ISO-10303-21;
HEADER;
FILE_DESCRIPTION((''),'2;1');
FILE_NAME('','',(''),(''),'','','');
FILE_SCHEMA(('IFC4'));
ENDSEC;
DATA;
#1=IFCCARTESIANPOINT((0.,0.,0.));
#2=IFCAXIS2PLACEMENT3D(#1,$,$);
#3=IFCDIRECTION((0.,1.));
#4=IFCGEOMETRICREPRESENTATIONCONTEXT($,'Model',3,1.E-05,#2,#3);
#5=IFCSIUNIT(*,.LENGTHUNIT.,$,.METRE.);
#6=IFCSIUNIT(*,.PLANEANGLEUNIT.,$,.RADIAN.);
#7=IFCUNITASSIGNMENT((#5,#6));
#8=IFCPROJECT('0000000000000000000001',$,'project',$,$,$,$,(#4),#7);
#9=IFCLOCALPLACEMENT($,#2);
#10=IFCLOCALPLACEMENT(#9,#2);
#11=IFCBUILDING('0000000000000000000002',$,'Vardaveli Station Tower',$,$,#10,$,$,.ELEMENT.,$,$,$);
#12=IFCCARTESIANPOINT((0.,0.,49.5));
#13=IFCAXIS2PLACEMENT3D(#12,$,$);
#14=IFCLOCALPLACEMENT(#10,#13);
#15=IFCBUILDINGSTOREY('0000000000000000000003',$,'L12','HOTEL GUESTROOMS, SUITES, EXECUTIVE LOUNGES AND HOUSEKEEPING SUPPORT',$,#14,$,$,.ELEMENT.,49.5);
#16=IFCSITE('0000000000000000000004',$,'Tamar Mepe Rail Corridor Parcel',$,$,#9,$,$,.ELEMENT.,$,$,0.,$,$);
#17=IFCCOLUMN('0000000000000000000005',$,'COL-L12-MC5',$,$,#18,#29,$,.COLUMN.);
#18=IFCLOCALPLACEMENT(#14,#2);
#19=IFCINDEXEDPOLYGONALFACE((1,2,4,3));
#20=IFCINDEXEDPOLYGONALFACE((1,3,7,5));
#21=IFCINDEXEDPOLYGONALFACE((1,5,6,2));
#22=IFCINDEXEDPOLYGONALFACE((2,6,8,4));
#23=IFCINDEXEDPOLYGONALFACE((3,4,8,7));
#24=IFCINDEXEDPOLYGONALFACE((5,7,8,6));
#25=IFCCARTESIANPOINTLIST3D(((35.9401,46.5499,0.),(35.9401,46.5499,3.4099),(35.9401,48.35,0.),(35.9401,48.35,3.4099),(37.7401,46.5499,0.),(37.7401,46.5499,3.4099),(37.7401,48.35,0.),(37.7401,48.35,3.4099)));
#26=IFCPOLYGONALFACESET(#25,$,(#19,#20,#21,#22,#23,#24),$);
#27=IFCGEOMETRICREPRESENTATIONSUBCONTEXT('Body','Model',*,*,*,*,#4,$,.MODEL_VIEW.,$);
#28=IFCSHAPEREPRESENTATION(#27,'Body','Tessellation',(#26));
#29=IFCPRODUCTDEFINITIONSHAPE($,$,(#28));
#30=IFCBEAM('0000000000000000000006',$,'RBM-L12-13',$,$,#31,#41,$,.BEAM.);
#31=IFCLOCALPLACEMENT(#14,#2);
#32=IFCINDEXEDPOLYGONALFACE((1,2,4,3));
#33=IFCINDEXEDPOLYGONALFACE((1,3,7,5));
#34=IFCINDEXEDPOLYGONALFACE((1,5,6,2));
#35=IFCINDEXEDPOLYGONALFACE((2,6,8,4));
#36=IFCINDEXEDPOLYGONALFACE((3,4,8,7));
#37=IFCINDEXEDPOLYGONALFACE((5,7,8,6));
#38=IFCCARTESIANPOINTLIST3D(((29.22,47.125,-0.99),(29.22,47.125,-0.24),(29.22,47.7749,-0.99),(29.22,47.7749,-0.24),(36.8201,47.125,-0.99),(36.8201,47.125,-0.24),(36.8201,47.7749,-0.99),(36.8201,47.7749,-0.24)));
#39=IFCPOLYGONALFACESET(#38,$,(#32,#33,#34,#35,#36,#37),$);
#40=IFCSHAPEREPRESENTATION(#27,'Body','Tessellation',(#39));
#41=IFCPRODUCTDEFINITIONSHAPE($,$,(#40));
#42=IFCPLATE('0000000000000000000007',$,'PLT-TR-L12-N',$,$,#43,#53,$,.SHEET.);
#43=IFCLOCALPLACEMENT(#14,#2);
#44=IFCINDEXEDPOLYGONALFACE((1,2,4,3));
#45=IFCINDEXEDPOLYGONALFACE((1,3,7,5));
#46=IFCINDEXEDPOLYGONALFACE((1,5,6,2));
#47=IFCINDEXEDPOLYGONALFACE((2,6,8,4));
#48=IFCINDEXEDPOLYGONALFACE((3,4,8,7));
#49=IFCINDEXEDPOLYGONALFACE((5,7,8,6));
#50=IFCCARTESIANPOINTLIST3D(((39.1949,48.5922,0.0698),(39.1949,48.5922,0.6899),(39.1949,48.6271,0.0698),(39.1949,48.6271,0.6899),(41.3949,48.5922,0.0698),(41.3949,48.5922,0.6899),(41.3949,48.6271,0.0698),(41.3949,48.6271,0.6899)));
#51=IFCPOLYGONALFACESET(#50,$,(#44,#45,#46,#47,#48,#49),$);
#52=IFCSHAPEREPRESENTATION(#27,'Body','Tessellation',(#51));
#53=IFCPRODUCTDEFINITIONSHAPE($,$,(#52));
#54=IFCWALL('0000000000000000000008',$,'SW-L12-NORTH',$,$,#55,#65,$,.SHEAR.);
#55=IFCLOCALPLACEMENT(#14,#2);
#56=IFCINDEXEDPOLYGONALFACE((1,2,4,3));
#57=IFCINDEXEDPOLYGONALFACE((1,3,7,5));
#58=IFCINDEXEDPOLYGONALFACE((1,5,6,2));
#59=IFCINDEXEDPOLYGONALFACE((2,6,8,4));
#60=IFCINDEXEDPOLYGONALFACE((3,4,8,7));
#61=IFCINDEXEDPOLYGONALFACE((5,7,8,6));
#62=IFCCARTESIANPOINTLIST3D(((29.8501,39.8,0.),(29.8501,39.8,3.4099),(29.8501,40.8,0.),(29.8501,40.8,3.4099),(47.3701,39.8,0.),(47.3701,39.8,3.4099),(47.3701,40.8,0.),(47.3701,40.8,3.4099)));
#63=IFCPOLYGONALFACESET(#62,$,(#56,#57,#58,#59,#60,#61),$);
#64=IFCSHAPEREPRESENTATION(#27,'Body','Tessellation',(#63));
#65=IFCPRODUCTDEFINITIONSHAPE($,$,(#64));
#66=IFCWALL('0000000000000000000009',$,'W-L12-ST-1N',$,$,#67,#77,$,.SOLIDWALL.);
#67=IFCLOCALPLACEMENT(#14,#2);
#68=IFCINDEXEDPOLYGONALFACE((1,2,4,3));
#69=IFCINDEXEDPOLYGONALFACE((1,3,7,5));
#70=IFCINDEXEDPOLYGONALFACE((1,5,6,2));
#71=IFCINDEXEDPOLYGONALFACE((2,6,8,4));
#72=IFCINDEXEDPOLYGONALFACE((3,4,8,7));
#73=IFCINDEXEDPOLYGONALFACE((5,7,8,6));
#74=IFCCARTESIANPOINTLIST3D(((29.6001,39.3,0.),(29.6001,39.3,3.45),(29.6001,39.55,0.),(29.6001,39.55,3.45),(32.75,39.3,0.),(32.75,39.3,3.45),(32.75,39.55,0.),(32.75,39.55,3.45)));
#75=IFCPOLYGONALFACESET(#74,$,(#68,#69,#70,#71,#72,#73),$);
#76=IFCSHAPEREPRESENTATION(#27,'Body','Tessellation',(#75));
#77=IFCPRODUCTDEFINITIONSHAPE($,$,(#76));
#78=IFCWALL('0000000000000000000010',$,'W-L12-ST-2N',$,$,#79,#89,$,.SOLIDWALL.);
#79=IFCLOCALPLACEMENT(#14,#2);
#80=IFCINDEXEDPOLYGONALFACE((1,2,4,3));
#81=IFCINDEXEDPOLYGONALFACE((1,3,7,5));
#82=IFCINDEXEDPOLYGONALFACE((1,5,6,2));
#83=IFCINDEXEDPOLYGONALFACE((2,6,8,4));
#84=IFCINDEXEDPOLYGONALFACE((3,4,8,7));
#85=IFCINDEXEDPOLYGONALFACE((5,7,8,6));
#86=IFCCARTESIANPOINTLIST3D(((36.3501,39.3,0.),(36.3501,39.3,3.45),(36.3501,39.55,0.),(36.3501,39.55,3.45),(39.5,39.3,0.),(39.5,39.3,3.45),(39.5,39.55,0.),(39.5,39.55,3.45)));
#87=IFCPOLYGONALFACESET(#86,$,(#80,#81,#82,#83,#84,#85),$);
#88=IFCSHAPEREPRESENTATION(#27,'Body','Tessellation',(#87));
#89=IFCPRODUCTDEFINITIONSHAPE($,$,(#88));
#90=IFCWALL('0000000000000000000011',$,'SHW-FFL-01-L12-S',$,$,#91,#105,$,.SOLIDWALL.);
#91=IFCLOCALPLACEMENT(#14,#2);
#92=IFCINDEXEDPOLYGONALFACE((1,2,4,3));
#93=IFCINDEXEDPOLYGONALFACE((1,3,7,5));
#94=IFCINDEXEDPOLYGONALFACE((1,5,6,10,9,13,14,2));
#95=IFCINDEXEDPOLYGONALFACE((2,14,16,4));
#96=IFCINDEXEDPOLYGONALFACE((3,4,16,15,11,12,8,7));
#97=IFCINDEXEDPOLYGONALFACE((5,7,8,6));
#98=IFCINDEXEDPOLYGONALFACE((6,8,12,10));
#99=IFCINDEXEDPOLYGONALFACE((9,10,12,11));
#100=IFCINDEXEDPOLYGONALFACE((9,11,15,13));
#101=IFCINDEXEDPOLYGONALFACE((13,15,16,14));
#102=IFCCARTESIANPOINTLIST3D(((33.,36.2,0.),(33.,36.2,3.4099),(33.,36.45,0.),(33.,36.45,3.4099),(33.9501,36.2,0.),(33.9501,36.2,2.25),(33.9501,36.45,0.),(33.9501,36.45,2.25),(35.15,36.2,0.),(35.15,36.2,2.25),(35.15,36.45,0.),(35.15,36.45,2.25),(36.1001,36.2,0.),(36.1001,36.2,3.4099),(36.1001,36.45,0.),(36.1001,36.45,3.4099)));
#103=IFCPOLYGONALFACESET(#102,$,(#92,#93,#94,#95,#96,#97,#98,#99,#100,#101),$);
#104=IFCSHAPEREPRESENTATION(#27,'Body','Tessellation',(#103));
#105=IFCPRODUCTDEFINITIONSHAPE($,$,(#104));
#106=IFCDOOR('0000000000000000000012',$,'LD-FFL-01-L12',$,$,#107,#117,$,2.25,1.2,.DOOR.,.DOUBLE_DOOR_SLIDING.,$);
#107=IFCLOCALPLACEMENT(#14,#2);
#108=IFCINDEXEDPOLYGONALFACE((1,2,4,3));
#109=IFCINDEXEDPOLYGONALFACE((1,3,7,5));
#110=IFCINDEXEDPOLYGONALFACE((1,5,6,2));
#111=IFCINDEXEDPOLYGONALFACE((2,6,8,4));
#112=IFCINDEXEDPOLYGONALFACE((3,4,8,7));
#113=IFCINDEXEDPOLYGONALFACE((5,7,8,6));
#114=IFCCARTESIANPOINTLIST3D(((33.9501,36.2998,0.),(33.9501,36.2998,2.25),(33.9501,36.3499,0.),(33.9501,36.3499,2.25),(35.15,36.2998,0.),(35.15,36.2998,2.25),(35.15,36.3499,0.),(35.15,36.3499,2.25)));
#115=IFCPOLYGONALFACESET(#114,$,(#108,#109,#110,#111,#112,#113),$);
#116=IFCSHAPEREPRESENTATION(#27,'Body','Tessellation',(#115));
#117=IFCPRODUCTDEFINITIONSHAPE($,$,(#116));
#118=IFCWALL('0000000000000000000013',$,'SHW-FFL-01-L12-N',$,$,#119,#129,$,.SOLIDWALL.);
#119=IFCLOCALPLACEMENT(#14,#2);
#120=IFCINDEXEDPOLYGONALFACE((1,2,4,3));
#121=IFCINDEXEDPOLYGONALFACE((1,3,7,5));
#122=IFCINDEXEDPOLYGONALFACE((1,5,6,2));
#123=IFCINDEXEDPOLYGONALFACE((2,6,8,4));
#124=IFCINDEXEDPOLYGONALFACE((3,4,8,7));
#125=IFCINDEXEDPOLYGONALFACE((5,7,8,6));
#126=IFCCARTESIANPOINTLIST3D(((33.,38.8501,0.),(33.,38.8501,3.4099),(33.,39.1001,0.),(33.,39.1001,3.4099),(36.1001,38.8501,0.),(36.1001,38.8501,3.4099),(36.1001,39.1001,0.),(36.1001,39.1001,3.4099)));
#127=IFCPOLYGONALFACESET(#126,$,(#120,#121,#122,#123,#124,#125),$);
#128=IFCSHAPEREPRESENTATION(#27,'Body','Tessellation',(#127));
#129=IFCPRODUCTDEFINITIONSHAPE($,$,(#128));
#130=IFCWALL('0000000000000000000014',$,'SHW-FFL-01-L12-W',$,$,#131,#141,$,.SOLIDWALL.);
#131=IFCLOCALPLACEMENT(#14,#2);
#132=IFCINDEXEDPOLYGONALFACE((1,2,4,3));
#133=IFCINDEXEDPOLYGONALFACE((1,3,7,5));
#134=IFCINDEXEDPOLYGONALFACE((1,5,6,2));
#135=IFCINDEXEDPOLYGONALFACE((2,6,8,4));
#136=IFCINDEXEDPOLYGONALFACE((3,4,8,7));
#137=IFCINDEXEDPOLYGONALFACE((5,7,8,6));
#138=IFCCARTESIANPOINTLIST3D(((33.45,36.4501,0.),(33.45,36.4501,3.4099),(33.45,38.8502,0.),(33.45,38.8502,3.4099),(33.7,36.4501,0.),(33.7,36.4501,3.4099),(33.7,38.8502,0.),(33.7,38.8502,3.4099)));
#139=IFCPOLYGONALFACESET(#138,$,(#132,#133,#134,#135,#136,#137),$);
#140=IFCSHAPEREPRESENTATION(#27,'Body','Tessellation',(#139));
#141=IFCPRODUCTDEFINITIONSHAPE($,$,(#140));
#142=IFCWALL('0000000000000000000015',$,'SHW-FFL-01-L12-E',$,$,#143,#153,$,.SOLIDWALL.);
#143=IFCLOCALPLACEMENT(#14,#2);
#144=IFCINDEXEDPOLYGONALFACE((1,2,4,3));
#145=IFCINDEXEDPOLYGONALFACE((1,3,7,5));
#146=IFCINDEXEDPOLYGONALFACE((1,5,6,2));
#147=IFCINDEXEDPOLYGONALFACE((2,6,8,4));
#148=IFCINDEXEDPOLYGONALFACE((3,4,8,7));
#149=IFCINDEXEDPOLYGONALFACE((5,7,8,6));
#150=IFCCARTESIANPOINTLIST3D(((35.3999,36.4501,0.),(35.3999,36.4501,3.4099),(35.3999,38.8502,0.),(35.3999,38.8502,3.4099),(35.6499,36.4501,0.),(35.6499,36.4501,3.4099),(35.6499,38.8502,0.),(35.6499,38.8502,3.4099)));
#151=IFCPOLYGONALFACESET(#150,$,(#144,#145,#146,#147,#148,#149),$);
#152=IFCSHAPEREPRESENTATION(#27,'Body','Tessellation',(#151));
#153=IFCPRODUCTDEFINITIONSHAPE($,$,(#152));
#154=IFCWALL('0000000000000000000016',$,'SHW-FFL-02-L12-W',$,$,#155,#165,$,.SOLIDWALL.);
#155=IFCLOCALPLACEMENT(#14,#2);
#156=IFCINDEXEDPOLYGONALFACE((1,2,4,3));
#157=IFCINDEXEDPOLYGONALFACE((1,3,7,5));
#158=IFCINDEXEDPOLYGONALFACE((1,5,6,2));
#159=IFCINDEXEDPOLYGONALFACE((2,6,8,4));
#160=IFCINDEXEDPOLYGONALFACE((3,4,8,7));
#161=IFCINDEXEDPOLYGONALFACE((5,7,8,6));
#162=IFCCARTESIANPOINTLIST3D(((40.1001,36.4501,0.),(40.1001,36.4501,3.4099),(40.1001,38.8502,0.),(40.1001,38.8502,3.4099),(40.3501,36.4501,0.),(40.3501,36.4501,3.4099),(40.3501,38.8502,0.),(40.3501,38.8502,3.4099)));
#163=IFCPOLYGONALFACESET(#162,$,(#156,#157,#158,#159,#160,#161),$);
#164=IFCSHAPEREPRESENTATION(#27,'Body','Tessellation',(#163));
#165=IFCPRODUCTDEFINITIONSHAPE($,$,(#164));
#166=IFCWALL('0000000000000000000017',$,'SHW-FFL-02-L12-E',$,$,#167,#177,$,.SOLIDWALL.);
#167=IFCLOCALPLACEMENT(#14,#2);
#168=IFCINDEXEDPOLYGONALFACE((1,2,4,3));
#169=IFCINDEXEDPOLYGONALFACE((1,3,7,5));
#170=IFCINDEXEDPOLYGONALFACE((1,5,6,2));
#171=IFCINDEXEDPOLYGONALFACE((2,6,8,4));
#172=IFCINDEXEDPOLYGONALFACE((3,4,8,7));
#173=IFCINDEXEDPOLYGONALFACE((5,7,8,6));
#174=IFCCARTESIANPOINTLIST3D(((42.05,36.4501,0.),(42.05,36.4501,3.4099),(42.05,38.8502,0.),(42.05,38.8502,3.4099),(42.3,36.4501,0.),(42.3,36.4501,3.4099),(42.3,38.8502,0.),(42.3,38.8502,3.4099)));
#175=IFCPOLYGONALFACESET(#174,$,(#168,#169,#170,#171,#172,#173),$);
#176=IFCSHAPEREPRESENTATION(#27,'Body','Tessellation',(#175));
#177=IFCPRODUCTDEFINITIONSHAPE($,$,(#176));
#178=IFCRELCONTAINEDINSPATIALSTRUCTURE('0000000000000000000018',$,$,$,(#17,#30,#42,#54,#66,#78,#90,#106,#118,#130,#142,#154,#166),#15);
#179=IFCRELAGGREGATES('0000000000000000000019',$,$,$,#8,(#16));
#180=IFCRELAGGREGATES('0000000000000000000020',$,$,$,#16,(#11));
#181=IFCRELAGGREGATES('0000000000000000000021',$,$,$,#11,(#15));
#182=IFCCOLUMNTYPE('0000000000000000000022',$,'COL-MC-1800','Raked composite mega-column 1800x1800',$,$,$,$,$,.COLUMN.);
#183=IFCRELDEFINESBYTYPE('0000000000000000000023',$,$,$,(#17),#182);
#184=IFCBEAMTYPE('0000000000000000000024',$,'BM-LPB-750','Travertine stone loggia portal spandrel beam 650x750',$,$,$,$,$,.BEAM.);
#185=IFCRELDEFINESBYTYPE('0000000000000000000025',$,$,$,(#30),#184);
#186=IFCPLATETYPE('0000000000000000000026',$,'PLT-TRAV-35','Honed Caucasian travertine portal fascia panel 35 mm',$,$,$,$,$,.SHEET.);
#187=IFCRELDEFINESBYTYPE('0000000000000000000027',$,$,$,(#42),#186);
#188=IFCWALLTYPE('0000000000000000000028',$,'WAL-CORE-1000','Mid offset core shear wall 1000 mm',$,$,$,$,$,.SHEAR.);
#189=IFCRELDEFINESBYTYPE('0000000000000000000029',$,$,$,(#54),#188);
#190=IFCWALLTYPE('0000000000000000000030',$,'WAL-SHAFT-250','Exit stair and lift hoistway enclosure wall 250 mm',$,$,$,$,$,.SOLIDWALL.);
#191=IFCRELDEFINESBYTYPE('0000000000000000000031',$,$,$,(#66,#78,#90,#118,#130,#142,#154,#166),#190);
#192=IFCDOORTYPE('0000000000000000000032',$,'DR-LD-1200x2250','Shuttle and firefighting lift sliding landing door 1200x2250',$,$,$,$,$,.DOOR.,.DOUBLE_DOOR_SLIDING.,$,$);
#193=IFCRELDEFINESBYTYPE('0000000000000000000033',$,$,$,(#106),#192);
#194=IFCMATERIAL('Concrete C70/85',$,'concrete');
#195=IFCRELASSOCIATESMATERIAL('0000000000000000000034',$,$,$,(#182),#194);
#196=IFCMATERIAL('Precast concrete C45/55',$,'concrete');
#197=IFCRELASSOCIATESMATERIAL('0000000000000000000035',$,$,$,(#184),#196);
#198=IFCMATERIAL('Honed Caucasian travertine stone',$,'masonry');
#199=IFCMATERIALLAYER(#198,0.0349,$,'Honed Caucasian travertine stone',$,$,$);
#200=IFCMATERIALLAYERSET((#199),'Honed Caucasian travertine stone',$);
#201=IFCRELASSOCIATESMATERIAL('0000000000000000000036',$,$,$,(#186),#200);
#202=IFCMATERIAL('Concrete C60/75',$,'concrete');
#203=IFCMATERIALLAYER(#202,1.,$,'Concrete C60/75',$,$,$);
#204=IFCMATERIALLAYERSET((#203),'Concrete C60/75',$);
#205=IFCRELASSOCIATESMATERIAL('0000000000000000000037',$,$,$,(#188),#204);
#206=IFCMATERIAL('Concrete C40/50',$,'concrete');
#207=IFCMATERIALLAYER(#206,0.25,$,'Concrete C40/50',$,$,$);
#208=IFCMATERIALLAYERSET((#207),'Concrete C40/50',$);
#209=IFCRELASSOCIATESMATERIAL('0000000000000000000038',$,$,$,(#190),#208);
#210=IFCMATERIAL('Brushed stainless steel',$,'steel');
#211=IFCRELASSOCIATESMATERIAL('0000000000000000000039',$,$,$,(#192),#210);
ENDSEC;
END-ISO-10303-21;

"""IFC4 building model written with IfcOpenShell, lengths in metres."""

from ifc_helpers import new_model, si_unit, direction, frame, frame_2d, origin, origin_2d, place, context, subcontext, project, spatial, rectangle, extrude, source, transform, mapped, material, layer, layer_set, material_profile, profile_set, type_object, element, fill, save


model = new_model("IFC4")

# Units and contexts
model_context = context("Model", 3, precision=1e-05, world=origin(), true_north=direction((0.0, 1.0)))
body_context = subcontext(model_context, "Body", "Model", "MODEL_VIEW")
ifc_project = project(units=[si_unit("LENGTHUNIT", "METRE"), si_unit("PLANEANGLEUNIT", "RADIAN")], contexts=[model_context])

# Site, building, storey
site_placement = place(None, origin())
site = spatial("IfcSite", under=ifc_project, at=site_placement, Name="Tamar Mepe Rail Corridor Parcel", CompositionType="ELEMENT", RefElevation=0.0)
building_placement = place(site_placement, origin())
building = spatial("IfcBuilding", under=site, at=building_placement, Name="Vardaveli Station Tower", CompositionType="ELEMENT")
storey_placement = place(building_placement, frame((0.0, 0.0, 49.5)))
storey = spatial("IfcBuildingStorey", under=building, at=storey_placement, Name="L12", Description="HOTEL GUESTROOMS, SUITES, EXECUTIVE LOUNGES AND HOUSEKEEPING SUPPORT", CompositionType="ELEMENT", Elevation=49.5)

# Column
ifc_material_1 = material(Name="Concrete C70/85", Category="concrete")
ifc_material_profile_1 = material_profile(ifc_material_1, rectangle(XDim=1.8, YDim=1.8, at=origin_2d()), Name="MC 1800x1800")
ifc_profile_set_1 = profile_set([ifc_material_profile_1], Name="Concrete C70/85")
column_type = type_object("IfcColumnType", Name="COL-MC-1800", Description="Raked composite mega-column 1800x1800", PredefinedType="COLUMN", material=ifc_profile_set_1)
shared_shape_1 = source(origin(), body_context, "Body", "SweptSolid", [
    extrude(rectangle(XDim=1.8, YDim=1.8, at=origin_2d()), origin(), (0.0, 0.0, 1.0), 3.4099),
])
column_placement = place(storey_placement, frame((36.8401, 47.45, 0.0), z_axis=(0.0, 0.0, 1.0), x_axis=(1.0, 0.0, 0.0)))
element("IfcColumn", 1, at=column_placement, inside=storey, type_object=column_type, Name="COL-L12-MC5", PredefinedType="COLUMN", context=body_context, shape_type="MappedRepresentation", body=[
    mapped(shared_shape_1, transform((0.0, 0.0, 0.0), scale=1.0)),
])

# Beam
ifc_material_2 = material(Name="Precast concrete C45/55", Category="concrete")
ifc_material_profile_2 = material_profile(ifc_material_2, rectangle(XDim=0.6499, YDim=0.75, at=origin_2d()), Name="LPB 650x750")
ifc_profile_set_2 = profile_set([ifc_material_profile_2], Name="Precast concrete C45/55")
beam_type = type_object("IfcBeamType", Name="BM-LPB-750", Description="Travertine stone loggia portal spandrel beam 650x750", PredefinedType="BEAM", material=ifc_profile_set_2)
shared_shape_2 = source(origin(), body_context, "Body", "SweptSolid", [
    extrude(rectangle(XDim=0.6499, YDim=0.75, at=origin_2d()), origin(), (0.0, 0.0, 1.0), 7.6001),
])
beam_placement = place(storey_placement, frame((36.8201, 47.45, -0.615), z_axis=(-1.0, 0.0, 0.0), x_axis=(0.0, -1.0, 0.0)))
element("IfcBeam", 2, at=beam_placement, inside=storey, type_object=beam_type, Name="RBM-L12-13", PredefinedType="BEAM", context=body_context, shape_type="MappedRepresentation", body=[
    mapped(shared_shape_2, transform((0.0, 0.0, 0.0), scale=1.0)),
])

# Plate
ifc_material_3 = material(Name="Honed Caucasian travertine stone", Category="masonry")
ifc_layer_1 = layer(ifc_material_3, 0.0349, Name="Honed Caucasian travertine stone")
ifc_layer_set_1 = layer_set([ifc_layer_1], Name="Honed Caucasian travertine stone")
plate_type = type_object("IfcPlateType", Name="PLT-TRAV-35", Description="Honed Caucasian travertine portal fascia panel 35 mm", PredefinedType="SHEET", material=ifc_layer_set_1)
shared_shape_3 = source(origin(), body_context, "Body", "SweptSolid", [
    extrude(rectangle(XDim=2.2, YDim=0.0349, at=origin_2d()), origin(), (0.0, 0.0, 1.0), 0.6201),
])
plate_placement = place(storey_placement, frame((40.2949, 48.6096, 0.0698), z_axis=(0.0, 0.0, 1.0), x_axis=(1.0, 0.0, 0.0)))
element("IfcPlate", 3, at=plate_placement, inside=storey, type_object=plate_type, Name="PLT-TR-L12-N", PredefinedType="SHEET", context=body_context, shape_type="MappedRepresentation", body=[
    mapped(shared_shape_3, transform((0.0, 0.0, 0.0), scale=1.0)),
])

# Walls
ifc_material_4 = material(Name="Concrete C60/75", Category="concrete")
ifc_layer_2 = layer(ifc_material_4, 1.0, Name="Concrete C60/75")
ifc_layer_set_2 = layer_set([ifc_layer_2], Name="Concrete C60/75")
wall_type_1 = type_object("IfcWallType", Name="WAL-CORE-1000", Description="Mid offset core shear wall 1000 mm", PredefinedType="SHEAR", material=ifc_layer_set_2)
shared_shape_4 = source(origin(), body_context, "Body", "SweptSolid", [
    extrude(rectangle(XDim=17.52, YDim=1.0, at=frame_2d((8.76, 0.0))), origin(), (0.0, 0.0, 1.0), 3.4099),
])
wall_1_placement = place(storey_placement, frame((29.8501, 40.3, 0.0), z_axis=(0.0, 0.0, 1.0), x_axis=(1.0, 0.0, 0.0)))
element("IfcWall", 4, at=wall_1_placement, inside=storey, type_object=wall_type_1, Name="SW-L12-NORTH", PredefinedType="SHEAR", context=body_context, shape_type="MappedRepresentation", body=[
    mapped(shared_shape_4, transform((0.0, 0.0, 0.0), scale=1.0)),
])
ifc_material_5 = material(Name="Concrete C40/50", Category="concrete")
ifc_layer_3 = layer(ifc_material_5, 0.25, Name="Concrete C40/50")
ifc_layer_set_3 = layer_set([ifc_layer_3], Name="Concrete C40/50")
wall_type_2 = type_object("IfcWallType", Name="WAL-SHAFT-250", Description="Exit stair and lift hoistway enclosure wall 250 mm", PredefinedType="SOLIDWALL", material=ifc_layer_set_3)
shared_shape_5 = source(origin(), body_context, "Body", "SweptSolid", [
    extrude(rectangle(XDim=3.1499, YDim=0.25, at=frame_2d((1.575, 0.0))), origin(), (0.0, 0.0, 1.0), 3.45),
])
for number, where, z_axis, x_axis, name in (
    (5, (29.6001, 39.425, 0.0), (0.0, 0.0, 1.0), (1.0, 0.0, 0.0), "W-L12-ST-1N"),
    (6, (36.3501, 39.425, 0.0), (0.0, 0.0, 1.0), (1.0, 0.0, 0.0), "W-L12-ST-2N"),
):
    element("IfcWall", number, at=place(storey_placement, frame(where, z_axis=z_axis, x_axis=x_axis)), inside=storey, type_object=wall_type_2, Name=name, PredefinedType="SOLIDWALL", context=body_context, shape_type="MappedRepresentation", body=[
        mapped(shared_shape_5, transform((0.0, 0.0, 0.0), scale=1.0)),
    ])

# Wall, opening, door
shared_shape_6 = source(origin(), body_context, "Body", "SweptSolid", [
    extrude(rectangle(XDim=3.1001, YDim=0.25, at=frame_2d((1.55, 0.0))), origin(), (0.0, 0.0, 1.0), 3.4099),
])
wall_2_placement = place(storey_placement, frame((33.0, 36.325, 0.0), z_axis=(0.0, 0.0, 1.0), x_axis=(1.0, 0.0, 0.0)))
wall_2 = element("IfcWall", 7, at=wall_2_placement, inside=storey, type_object=wall_type_2, Name="SHW-FFL-01-L12-S", PredefinedType="SOLIDWALL", context=body_context, shape_type="MappedRepresentation", body=[
    mapped(shared_shape_6, transform((0.0, 0.0, 0.0), scale=1.0)),
])
shared_shape_7 = source(origin(), body_context, "Body", "SweptSolid", [
    extrude(rectangle(XDim=1.2, YDim=2.25, at=frame_2d((0.6001, 1.125))), frame((0.0, 0.135, 0.0), z_axis=(0.0, -1.0, 0.0), x_axis=(1.0, 0.0, 0.0)), (0.0, 0.0, 1.0), 0.27),
])
opening_1_placement = place(wall_2_placement, frame((0.95, 0.0, 0.0)))
opening_1 = element("IfcOpeningElement", 8, at=opening_1_placement, cuts=wall_2, PredefinedType="OPENING", context=body_context, shape_type="MappedRepresentation", body=[
    mapped(shared_shape_7, transform((0.0, 0.0, 0.0), scale=1.0)),
])
ifc_material_6 = material(Name="Brushed stainless steel", Category="steel")
door_type = type_object("IfcDoorType", Name="DR-LD-1200x2250", Description="Shuttle and firefighting lift sliding landing door 1200x2250", OperationType="DOUBLE_DOOR_SLIDING", PredefinedType="DOOR", material=ifc_material_6)
shared_shape_8 = source(origin(), body_context, "Body", "SweptSolid", [
    extrude(rectangle(XDim=1.2, YDim=2.25, at=frame_2d((0.6001, 1.125))), frame((0.0, 0.0249, 0.0), z_axis=(0.0, -1.0, 0.0), x_axis=(1.0, 0.0, 0.0)), (0.0, 0.0, 1.0), 0.05),
])
door_1_placement = place(opening_1_placement, origin())
door_1 = element("IfcDoor", 9, at=door_1_placement, inside=storey, type_object=door_type, Name="LD-FFL-01-L12", OperationType="DOUBLE_DOOR_SLIDING", OverallHeight=2.25, OverallWidth=1.2, PredefinedType="DOOR", context=body_context, shape_type="MappedRepresentation", body=[
    mapped(shared_shape_8, transform((0.0, 0.0, 0.0), scale=1.0)),
])
fill(opening_1, door_1)

# Walls
wall_3_placement = place(storey_placement, frame((33.0, 38.9751, 0.0), z_axis=(0.0, 0.0, 1.0), x_axis=(1.0, 0.0, 0.0)))
element("IfcWall", 10, at=wall_3_placement, inside=storey, type_object=wall_type_2, Name="SHW-FFL-01-L12-N", PredefinedType="SOLIDWALL", context=body_context, shape_type="MappedRepresentation", body=[
    mapped(shared_shape_6, transform((0.0, 0.0, 0.0), scale=1.0)),
])
shared_shape_9 = source(origin(), body_context, "Body", "SweptSolid", [
    extrude(rectangle(XDim=2.4001, YDim=0.25, at=frame_2d((1.2002, 0.0))), origin(), (0.0, 0.0, 1.0), 3.4099),
])
for number, where, z_axis, x_axis, name in (
    (11, (33.575, 36.45, 0.0), (0.0, 0.0, 1.0), (0.0, 1.0, 0.0), "SHW-FFL-01-L12-W"),
    (12, (35.5249, 36.45, 0.0), (0.0, 0.0, 1.0), (0.0, 1.0, 0.0), "SHW-FFL-01-L12-E"),
    (13, (40.2251, 36.45, 0.0), (0.0, 0.0, 1.0), (0.0, 1.0, 0.0), "SHW-FFL-02-L12-W"),
    (14, (42.175, 36.45, 0.0), (0.0, 0.0, 1.0), (0.0, 1.0, 0.0), "SHW-FFL-02-L12-E"),
):
    element("IfcWall", number, at=place(storey_placement, frame(where, z_axis=z_axis, x_axis=x_axis)), inside=storey, type_object=wall_type_2, Name=name, PredefinedType="SOLIDWALL", context=body_context, shape_type="MappedRepresentation", body=[
        mapped(shared_shape_9, transform((0.0, 0.0, 0.0), scale=1.0)),
    ])

save(model, "model.ifc")
